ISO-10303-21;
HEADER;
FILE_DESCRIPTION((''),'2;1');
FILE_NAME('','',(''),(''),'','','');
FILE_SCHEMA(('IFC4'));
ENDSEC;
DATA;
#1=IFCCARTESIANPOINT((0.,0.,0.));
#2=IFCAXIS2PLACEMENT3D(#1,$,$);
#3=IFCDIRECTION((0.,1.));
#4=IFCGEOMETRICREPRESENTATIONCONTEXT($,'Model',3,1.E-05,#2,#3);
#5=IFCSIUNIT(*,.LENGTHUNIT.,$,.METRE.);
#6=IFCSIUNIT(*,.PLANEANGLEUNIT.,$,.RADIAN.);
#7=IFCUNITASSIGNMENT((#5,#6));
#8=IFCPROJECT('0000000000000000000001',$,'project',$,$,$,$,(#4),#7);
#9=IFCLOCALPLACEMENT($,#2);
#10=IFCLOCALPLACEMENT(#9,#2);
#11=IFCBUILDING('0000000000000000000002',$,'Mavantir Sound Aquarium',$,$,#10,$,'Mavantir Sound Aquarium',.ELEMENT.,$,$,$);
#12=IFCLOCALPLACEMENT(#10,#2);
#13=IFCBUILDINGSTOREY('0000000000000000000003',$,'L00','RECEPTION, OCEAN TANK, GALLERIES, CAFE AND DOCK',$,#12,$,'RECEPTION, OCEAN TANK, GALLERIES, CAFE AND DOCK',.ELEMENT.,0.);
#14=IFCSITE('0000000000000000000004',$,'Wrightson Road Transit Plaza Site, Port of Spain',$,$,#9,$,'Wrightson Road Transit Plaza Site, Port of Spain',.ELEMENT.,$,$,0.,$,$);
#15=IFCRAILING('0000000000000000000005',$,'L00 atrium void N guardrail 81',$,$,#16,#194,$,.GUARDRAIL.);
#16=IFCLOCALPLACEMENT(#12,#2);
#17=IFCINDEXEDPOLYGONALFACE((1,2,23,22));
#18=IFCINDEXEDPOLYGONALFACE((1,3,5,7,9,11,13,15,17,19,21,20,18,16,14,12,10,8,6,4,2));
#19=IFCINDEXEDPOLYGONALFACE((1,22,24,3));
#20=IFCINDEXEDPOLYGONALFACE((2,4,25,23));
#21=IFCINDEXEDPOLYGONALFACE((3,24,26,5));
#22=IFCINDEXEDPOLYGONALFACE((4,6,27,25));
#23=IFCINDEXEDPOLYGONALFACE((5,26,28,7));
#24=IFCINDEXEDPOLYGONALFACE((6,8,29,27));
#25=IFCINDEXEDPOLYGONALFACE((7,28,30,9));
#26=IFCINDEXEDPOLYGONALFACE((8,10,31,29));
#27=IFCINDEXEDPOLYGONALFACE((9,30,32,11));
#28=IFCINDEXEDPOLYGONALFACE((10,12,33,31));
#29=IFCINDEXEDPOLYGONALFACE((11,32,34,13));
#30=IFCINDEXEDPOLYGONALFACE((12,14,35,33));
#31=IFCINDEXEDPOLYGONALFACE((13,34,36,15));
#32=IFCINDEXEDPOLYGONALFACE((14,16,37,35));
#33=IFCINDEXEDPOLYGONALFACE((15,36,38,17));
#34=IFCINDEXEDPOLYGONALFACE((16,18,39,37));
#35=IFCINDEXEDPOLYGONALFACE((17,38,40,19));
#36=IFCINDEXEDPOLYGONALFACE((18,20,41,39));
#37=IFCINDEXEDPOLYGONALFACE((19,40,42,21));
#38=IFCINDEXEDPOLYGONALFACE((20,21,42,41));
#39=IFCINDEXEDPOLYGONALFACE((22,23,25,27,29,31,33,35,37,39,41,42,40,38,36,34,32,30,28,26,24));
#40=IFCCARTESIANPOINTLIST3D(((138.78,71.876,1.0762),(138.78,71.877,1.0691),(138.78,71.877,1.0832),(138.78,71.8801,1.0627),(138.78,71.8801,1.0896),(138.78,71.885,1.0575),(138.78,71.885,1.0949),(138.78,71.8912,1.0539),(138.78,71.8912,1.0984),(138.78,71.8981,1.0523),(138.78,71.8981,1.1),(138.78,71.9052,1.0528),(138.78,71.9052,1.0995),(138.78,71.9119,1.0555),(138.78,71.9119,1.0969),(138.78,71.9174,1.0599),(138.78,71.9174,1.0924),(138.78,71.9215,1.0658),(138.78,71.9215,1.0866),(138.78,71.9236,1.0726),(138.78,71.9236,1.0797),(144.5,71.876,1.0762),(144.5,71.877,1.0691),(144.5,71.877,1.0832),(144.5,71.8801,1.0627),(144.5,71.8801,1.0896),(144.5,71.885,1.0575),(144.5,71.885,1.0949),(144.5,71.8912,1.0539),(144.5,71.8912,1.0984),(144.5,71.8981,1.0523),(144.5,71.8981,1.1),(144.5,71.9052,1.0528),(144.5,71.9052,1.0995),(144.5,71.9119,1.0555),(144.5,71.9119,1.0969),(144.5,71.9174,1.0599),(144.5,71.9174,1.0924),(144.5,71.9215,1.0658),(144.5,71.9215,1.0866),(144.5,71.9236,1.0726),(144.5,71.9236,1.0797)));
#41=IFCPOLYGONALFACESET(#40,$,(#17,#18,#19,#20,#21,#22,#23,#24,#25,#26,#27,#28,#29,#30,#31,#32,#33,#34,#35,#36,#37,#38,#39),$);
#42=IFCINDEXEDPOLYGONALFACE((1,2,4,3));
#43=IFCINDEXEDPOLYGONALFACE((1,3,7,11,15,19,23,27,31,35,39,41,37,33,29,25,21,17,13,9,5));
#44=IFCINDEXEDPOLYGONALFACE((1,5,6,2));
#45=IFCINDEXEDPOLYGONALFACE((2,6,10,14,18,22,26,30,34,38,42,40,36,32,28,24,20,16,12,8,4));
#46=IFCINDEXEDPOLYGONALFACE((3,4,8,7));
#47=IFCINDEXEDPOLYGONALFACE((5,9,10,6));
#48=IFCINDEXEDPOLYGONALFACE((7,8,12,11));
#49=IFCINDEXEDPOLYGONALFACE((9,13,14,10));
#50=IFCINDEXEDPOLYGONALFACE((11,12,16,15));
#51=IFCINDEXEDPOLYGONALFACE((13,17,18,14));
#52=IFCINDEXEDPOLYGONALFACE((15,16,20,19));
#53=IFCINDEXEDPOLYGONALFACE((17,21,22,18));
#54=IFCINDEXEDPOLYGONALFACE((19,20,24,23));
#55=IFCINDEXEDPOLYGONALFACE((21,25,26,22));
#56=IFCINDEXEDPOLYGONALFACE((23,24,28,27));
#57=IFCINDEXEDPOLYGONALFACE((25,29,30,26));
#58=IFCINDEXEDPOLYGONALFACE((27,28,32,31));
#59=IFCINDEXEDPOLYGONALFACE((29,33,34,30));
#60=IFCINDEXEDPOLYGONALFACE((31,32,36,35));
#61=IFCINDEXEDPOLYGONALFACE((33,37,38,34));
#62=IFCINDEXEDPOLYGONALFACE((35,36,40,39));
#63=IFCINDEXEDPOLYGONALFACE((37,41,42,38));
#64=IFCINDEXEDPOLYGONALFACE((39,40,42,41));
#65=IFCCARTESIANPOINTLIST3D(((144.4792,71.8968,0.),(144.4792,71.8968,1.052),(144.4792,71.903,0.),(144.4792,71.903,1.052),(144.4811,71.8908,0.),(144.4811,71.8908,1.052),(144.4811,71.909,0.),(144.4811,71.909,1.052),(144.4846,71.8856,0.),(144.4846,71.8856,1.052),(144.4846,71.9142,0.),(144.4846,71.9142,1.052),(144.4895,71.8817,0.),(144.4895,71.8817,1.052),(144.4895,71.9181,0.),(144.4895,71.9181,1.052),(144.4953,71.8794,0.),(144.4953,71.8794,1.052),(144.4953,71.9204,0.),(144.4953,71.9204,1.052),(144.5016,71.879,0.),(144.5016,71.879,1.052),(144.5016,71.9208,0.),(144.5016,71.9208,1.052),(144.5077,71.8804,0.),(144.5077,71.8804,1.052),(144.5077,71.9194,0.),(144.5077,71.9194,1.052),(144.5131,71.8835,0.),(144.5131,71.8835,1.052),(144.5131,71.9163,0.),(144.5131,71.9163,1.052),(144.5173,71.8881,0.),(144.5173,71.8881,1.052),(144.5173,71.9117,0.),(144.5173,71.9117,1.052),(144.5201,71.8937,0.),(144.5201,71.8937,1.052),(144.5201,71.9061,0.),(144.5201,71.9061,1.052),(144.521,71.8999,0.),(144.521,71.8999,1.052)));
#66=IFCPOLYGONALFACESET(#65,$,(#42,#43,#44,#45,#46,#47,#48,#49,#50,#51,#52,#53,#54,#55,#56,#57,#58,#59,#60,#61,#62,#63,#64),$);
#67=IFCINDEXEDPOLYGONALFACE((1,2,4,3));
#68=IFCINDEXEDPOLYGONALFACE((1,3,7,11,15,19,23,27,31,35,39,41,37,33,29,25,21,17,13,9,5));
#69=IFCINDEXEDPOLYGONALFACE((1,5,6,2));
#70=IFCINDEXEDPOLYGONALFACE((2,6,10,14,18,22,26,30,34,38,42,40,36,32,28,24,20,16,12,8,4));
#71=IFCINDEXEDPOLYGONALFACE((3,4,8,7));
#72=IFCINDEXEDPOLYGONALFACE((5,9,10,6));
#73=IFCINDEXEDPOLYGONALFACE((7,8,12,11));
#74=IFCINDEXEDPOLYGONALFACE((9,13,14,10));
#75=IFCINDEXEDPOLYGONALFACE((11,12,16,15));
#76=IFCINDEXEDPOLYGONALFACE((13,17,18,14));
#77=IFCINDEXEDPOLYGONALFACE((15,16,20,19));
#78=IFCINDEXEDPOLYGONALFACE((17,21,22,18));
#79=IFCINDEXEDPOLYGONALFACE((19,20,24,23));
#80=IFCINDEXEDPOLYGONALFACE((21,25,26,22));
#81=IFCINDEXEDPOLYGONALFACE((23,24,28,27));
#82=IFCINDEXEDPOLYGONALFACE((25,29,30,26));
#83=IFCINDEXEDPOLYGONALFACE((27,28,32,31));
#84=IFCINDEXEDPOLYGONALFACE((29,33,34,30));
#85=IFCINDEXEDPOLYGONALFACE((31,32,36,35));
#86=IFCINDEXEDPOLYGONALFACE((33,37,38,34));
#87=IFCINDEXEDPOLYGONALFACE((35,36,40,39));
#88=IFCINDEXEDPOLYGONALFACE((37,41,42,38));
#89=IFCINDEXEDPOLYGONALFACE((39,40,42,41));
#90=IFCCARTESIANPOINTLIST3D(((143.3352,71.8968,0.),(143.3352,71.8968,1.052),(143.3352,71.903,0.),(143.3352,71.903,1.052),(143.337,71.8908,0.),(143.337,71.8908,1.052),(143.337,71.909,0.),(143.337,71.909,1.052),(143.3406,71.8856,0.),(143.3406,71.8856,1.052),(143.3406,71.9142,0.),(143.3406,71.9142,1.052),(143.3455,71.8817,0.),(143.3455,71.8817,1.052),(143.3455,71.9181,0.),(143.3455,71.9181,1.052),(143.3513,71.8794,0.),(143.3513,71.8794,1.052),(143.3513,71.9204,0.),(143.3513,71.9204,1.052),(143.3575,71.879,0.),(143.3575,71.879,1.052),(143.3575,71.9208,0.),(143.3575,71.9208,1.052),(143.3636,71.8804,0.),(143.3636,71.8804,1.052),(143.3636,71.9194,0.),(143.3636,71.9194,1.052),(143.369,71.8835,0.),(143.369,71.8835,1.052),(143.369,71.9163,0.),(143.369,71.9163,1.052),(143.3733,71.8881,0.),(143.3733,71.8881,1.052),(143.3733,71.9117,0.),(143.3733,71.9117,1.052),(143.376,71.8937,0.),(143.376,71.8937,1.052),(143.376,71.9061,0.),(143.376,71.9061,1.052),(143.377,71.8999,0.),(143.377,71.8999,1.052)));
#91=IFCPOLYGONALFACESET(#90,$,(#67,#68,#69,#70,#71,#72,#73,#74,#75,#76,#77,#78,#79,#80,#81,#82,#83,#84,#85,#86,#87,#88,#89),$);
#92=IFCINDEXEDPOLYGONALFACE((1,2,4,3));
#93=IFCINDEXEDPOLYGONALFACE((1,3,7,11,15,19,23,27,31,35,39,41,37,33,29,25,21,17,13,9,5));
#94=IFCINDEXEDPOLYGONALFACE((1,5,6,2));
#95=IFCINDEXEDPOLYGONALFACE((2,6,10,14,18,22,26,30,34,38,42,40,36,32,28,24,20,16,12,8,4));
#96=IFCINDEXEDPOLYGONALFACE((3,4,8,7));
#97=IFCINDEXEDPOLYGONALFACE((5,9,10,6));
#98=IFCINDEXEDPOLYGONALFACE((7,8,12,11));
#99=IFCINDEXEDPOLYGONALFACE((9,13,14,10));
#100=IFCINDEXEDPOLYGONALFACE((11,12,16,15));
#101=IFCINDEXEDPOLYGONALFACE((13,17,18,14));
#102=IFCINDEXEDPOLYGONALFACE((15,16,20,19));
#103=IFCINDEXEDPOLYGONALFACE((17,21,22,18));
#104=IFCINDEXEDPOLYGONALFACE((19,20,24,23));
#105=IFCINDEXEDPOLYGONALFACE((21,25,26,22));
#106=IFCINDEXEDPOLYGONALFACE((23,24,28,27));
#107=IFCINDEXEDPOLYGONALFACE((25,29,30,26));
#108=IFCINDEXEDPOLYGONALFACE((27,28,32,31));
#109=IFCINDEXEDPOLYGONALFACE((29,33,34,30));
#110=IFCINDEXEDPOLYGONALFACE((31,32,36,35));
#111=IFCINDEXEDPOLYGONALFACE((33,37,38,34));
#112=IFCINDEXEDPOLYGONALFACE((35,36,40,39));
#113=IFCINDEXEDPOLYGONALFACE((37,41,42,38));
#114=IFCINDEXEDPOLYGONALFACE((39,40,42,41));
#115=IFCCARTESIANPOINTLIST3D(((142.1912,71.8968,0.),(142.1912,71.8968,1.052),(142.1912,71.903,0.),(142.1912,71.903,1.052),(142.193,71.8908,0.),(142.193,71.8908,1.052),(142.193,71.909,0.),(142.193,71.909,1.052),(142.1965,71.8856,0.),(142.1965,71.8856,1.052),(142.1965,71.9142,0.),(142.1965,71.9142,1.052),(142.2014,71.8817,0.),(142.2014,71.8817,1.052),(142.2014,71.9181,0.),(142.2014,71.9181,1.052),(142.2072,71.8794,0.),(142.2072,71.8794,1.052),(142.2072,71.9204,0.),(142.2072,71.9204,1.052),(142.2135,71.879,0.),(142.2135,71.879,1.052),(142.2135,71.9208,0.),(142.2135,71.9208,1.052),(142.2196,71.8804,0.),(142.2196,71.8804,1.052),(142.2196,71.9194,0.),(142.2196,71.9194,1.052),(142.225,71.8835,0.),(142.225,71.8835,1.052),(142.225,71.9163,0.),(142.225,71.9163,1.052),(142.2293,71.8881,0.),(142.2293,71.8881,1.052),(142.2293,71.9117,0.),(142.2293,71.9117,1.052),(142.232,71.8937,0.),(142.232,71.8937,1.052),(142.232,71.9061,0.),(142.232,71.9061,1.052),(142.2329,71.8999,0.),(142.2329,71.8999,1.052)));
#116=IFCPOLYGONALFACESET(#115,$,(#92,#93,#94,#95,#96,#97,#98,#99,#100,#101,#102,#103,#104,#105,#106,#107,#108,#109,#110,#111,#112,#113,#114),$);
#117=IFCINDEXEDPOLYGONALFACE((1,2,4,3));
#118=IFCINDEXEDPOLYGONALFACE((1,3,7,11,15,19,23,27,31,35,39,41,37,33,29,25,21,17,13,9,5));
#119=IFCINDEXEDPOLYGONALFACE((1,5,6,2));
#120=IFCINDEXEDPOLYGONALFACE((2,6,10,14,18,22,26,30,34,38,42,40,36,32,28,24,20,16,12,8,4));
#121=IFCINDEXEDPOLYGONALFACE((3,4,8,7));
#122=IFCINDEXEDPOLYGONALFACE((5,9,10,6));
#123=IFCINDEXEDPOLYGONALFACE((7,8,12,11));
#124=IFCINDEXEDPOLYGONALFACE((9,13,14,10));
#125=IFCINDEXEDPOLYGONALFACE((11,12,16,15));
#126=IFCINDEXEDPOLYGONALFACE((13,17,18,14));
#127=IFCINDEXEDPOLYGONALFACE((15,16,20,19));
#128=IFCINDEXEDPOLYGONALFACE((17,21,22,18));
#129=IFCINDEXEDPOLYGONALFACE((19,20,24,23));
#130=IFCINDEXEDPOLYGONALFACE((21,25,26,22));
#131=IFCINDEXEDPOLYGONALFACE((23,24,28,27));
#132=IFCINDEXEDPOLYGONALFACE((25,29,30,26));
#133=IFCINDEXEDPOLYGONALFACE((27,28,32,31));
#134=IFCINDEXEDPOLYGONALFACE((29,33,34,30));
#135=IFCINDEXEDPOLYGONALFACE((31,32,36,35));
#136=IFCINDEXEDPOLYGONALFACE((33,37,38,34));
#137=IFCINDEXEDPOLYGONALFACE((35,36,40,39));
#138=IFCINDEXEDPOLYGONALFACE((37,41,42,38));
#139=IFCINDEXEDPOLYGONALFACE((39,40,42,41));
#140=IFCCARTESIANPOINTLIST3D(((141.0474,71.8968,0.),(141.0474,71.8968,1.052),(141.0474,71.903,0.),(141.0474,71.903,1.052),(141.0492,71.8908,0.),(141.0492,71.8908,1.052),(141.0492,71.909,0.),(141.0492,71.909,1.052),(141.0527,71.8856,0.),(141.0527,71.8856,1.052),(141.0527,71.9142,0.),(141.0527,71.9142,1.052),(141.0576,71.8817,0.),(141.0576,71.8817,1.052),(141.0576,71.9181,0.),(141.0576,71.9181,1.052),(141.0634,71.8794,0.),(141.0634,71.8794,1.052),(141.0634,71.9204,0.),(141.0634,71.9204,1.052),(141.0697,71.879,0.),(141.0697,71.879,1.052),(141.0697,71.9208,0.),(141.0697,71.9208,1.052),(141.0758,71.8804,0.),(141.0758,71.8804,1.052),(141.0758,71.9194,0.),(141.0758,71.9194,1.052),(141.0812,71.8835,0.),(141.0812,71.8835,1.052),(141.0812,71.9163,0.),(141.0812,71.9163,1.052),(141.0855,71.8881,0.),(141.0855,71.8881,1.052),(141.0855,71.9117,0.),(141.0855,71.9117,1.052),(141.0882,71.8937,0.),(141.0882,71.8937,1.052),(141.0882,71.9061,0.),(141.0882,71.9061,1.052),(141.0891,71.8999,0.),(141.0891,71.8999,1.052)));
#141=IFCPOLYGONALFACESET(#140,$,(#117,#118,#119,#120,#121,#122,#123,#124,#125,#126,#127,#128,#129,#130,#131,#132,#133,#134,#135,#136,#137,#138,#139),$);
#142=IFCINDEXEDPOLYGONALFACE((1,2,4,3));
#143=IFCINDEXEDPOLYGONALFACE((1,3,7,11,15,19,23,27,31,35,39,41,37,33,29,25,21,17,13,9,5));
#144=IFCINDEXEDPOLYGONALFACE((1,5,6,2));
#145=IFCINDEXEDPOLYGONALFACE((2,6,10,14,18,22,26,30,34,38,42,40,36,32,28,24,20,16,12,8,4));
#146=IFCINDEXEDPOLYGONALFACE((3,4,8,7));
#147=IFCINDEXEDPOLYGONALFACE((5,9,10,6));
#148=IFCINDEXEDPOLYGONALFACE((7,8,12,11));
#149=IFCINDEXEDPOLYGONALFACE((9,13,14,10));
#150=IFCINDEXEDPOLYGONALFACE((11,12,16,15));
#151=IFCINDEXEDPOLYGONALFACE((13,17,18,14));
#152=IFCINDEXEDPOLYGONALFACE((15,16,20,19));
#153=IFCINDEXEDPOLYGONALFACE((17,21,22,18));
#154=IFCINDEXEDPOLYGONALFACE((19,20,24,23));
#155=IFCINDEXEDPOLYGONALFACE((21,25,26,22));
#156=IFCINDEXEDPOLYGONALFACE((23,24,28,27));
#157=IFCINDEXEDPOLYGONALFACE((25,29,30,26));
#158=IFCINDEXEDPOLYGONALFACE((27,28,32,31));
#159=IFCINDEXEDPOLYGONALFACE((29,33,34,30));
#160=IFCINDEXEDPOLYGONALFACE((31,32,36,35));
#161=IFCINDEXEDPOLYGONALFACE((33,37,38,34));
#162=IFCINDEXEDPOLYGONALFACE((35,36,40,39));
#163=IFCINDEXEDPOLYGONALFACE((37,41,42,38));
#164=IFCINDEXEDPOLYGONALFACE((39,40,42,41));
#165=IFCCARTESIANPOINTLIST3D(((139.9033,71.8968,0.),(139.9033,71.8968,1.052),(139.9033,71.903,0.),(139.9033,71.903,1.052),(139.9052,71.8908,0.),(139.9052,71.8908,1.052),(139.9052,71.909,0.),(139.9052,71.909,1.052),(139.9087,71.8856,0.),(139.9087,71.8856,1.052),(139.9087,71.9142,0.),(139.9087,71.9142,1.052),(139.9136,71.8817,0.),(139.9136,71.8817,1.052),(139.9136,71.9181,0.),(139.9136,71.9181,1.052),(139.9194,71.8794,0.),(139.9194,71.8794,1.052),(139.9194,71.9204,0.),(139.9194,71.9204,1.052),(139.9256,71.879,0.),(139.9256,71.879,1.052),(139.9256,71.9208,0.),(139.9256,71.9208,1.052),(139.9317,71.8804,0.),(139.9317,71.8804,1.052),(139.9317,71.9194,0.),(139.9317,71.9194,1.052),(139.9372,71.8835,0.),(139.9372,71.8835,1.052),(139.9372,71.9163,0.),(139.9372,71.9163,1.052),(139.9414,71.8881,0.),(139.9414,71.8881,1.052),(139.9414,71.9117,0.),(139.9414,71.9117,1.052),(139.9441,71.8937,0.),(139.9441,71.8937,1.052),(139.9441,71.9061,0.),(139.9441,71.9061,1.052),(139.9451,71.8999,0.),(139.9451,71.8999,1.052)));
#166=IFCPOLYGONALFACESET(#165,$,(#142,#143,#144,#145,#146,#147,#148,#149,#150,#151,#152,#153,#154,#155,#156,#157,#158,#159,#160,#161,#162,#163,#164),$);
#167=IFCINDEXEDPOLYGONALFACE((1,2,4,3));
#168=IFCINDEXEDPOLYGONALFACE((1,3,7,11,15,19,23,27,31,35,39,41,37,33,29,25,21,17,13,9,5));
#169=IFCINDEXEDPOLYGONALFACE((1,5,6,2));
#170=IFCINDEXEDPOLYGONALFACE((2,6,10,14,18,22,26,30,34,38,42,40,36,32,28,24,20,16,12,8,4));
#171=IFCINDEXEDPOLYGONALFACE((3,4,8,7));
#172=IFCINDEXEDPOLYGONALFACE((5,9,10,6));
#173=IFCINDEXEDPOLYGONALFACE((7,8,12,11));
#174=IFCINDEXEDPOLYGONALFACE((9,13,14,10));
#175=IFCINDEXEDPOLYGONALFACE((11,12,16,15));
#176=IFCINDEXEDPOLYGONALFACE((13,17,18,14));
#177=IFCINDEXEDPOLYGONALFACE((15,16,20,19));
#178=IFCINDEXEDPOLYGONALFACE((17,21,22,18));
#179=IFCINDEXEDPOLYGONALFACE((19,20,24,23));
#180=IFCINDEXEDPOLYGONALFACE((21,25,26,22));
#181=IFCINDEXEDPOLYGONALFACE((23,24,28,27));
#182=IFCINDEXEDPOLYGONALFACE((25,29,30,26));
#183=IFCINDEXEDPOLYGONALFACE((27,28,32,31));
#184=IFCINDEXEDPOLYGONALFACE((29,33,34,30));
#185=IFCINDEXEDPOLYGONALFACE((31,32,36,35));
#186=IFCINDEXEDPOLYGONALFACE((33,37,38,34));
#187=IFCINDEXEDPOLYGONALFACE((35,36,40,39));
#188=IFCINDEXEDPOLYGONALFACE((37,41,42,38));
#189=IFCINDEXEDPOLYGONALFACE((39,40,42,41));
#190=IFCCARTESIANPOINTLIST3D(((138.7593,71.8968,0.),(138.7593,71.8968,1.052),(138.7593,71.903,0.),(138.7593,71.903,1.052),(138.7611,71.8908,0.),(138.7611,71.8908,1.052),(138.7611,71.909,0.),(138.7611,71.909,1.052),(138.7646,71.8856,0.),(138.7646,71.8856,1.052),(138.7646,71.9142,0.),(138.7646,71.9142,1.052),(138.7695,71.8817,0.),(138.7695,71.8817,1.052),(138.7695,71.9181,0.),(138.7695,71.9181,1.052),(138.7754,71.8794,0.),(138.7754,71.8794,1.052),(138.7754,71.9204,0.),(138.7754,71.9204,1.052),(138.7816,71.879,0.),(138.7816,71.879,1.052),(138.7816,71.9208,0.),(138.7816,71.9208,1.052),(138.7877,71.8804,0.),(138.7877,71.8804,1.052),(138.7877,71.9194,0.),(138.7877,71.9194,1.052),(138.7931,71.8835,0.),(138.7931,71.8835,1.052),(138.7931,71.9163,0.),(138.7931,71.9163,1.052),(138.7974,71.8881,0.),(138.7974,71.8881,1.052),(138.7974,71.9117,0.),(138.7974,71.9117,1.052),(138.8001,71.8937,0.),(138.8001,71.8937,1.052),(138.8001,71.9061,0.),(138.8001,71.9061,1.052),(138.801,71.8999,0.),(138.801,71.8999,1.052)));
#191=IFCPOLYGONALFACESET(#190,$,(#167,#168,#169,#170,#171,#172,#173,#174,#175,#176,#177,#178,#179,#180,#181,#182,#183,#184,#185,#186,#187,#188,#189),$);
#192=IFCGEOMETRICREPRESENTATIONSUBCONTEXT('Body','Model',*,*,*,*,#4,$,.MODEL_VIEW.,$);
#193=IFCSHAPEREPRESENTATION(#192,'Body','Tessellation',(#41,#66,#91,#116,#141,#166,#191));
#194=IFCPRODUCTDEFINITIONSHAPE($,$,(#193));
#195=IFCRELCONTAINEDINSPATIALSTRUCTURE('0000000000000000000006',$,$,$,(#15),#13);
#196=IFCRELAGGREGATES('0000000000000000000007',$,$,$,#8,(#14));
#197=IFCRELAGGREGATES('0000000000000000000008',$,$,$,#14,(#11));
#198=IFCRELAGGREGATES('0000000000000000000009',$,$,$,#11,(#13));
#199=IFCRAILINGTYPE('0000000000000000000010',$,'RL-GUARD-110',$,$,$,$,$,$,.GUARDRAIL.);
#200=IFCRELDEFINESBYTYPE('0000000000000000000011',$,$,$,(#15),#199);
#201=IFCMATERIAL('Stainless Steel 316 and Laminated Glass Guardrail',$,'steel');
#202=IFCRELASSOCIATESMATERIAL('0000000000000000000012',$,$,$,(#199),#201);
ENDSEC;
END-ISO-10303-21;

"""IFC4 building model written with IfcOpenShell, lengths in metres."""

from ifc_helpers import new_model, si_unit, direction, frame, origin, origin_2d, place, context, subcontext, project, spatial, circle, extrude, material, type_object, element, save


model = new_model("IFC4")

# Units and contexts
model_context = context("Model", 3, precision=1e-05, world=origin(), true_north=direction((0.0, 1.0)))
body_context = subcontext(model_context, "Body", "Model", "MODEL_VIEW")
ifc_project = project(units=[si_unit("LENGTHUNIT", "METRE"), si_unit("PLANEANGLEUNIT", "RADIAN")], contexts=[model_context])

# Site, building, storey
site_placement = place(None, origin())
site = spatial("IfcSite", under=ifc_project, at=site_placement, Name="Wrightson Road Transit Plaza Site, Port of Spain", LongName="Wrightson Road Transit Plaza Site, Port of Spain", CompositionType="ELEMENT", RefElevation=0.0)
building_placement = place(site_placement, origin())
building = spatial("IfcBuilding", under=site, at=building_placement, Name="Mavantir Sound Aquarium", LongName="Mavantir Sound Aquarium", CompositionType="ELEMENT")
storey_placement = place(building_placement, origin())
storey = spatial("IfcBuildingStorey", under=building, at=storey_placement, Name="L00", Description="RECEPTION, OCEAN TANK, GALLERIES, CAFE AND DOCK", LongName="RECEPTION, OCEAN TANK, GALLERIES, CAFE AND DOCK", CompositionType="ELEMENT", Elevation=0.0)

# Railing
ifc_material_1 = material(Name="Stainless Steel 316 and Laminated Glass Guardrail", Category="steel")
railing_type = type_object("IfcRailingType", Name="RL-GUARD-110", PredefinedType="GUARDRAIL", material=ifc_material_1)
railing_1_placement = place(storey_placement, frame((144.5, 71.8999, 0.0)))
element("IfcRailing", 1, at=railing_1_placement, inside=storey, type_object=railing_type, Name="L00 atrium void N guardrail 81", PredefinedType="GUARDRAIL", context=body_context, shape_type="SweptSolid", body=[
    extrude(circle(Radius=0.0239, at=origin_2d()), frame((0.0, 0.0, 1.0762), z_axis=(-1.0, 0.0, 0.0), x_axis=(0.0, -1.0, 0.0)), (0.0, 0.0, 1.0), 5.72),
    extrude(circle(Radius=0.021, at=origin_2d()), origin(), (0.0, 0.0, 1.0), 1.052),
    extrude(circle(Radius=0.021, at=origin_2d()), frame((-1.144, 0.0, 0.0)), (0.0, 0.0, 1.0), 1.052),
    extrude(circle(Radius=0.021, at=origin_2d()), frame((-2.2881, 0.0, 0.0)), (0.0, 0.0, 1.0), 1.052),
    extrude(circle(Radius=0.021, at=origin_2d()), frame((-3.4319, 0.0, 0.0)), (0.0, 0.0, 1.0), 1.052),
    extrude(circle(Radius=0.021, at=origin_2d()), frame((-4.5759, 0.0, 0.0)), (0.0, 0.0, 1.0), 1.052),
    extrude(circle(Radius=0.021, at=origin_2d()), frame((-5.72, 0.0, 0.0)), (0.0, 0.0, 1.0), 1.052),
])

save(model, "model.ifc")
